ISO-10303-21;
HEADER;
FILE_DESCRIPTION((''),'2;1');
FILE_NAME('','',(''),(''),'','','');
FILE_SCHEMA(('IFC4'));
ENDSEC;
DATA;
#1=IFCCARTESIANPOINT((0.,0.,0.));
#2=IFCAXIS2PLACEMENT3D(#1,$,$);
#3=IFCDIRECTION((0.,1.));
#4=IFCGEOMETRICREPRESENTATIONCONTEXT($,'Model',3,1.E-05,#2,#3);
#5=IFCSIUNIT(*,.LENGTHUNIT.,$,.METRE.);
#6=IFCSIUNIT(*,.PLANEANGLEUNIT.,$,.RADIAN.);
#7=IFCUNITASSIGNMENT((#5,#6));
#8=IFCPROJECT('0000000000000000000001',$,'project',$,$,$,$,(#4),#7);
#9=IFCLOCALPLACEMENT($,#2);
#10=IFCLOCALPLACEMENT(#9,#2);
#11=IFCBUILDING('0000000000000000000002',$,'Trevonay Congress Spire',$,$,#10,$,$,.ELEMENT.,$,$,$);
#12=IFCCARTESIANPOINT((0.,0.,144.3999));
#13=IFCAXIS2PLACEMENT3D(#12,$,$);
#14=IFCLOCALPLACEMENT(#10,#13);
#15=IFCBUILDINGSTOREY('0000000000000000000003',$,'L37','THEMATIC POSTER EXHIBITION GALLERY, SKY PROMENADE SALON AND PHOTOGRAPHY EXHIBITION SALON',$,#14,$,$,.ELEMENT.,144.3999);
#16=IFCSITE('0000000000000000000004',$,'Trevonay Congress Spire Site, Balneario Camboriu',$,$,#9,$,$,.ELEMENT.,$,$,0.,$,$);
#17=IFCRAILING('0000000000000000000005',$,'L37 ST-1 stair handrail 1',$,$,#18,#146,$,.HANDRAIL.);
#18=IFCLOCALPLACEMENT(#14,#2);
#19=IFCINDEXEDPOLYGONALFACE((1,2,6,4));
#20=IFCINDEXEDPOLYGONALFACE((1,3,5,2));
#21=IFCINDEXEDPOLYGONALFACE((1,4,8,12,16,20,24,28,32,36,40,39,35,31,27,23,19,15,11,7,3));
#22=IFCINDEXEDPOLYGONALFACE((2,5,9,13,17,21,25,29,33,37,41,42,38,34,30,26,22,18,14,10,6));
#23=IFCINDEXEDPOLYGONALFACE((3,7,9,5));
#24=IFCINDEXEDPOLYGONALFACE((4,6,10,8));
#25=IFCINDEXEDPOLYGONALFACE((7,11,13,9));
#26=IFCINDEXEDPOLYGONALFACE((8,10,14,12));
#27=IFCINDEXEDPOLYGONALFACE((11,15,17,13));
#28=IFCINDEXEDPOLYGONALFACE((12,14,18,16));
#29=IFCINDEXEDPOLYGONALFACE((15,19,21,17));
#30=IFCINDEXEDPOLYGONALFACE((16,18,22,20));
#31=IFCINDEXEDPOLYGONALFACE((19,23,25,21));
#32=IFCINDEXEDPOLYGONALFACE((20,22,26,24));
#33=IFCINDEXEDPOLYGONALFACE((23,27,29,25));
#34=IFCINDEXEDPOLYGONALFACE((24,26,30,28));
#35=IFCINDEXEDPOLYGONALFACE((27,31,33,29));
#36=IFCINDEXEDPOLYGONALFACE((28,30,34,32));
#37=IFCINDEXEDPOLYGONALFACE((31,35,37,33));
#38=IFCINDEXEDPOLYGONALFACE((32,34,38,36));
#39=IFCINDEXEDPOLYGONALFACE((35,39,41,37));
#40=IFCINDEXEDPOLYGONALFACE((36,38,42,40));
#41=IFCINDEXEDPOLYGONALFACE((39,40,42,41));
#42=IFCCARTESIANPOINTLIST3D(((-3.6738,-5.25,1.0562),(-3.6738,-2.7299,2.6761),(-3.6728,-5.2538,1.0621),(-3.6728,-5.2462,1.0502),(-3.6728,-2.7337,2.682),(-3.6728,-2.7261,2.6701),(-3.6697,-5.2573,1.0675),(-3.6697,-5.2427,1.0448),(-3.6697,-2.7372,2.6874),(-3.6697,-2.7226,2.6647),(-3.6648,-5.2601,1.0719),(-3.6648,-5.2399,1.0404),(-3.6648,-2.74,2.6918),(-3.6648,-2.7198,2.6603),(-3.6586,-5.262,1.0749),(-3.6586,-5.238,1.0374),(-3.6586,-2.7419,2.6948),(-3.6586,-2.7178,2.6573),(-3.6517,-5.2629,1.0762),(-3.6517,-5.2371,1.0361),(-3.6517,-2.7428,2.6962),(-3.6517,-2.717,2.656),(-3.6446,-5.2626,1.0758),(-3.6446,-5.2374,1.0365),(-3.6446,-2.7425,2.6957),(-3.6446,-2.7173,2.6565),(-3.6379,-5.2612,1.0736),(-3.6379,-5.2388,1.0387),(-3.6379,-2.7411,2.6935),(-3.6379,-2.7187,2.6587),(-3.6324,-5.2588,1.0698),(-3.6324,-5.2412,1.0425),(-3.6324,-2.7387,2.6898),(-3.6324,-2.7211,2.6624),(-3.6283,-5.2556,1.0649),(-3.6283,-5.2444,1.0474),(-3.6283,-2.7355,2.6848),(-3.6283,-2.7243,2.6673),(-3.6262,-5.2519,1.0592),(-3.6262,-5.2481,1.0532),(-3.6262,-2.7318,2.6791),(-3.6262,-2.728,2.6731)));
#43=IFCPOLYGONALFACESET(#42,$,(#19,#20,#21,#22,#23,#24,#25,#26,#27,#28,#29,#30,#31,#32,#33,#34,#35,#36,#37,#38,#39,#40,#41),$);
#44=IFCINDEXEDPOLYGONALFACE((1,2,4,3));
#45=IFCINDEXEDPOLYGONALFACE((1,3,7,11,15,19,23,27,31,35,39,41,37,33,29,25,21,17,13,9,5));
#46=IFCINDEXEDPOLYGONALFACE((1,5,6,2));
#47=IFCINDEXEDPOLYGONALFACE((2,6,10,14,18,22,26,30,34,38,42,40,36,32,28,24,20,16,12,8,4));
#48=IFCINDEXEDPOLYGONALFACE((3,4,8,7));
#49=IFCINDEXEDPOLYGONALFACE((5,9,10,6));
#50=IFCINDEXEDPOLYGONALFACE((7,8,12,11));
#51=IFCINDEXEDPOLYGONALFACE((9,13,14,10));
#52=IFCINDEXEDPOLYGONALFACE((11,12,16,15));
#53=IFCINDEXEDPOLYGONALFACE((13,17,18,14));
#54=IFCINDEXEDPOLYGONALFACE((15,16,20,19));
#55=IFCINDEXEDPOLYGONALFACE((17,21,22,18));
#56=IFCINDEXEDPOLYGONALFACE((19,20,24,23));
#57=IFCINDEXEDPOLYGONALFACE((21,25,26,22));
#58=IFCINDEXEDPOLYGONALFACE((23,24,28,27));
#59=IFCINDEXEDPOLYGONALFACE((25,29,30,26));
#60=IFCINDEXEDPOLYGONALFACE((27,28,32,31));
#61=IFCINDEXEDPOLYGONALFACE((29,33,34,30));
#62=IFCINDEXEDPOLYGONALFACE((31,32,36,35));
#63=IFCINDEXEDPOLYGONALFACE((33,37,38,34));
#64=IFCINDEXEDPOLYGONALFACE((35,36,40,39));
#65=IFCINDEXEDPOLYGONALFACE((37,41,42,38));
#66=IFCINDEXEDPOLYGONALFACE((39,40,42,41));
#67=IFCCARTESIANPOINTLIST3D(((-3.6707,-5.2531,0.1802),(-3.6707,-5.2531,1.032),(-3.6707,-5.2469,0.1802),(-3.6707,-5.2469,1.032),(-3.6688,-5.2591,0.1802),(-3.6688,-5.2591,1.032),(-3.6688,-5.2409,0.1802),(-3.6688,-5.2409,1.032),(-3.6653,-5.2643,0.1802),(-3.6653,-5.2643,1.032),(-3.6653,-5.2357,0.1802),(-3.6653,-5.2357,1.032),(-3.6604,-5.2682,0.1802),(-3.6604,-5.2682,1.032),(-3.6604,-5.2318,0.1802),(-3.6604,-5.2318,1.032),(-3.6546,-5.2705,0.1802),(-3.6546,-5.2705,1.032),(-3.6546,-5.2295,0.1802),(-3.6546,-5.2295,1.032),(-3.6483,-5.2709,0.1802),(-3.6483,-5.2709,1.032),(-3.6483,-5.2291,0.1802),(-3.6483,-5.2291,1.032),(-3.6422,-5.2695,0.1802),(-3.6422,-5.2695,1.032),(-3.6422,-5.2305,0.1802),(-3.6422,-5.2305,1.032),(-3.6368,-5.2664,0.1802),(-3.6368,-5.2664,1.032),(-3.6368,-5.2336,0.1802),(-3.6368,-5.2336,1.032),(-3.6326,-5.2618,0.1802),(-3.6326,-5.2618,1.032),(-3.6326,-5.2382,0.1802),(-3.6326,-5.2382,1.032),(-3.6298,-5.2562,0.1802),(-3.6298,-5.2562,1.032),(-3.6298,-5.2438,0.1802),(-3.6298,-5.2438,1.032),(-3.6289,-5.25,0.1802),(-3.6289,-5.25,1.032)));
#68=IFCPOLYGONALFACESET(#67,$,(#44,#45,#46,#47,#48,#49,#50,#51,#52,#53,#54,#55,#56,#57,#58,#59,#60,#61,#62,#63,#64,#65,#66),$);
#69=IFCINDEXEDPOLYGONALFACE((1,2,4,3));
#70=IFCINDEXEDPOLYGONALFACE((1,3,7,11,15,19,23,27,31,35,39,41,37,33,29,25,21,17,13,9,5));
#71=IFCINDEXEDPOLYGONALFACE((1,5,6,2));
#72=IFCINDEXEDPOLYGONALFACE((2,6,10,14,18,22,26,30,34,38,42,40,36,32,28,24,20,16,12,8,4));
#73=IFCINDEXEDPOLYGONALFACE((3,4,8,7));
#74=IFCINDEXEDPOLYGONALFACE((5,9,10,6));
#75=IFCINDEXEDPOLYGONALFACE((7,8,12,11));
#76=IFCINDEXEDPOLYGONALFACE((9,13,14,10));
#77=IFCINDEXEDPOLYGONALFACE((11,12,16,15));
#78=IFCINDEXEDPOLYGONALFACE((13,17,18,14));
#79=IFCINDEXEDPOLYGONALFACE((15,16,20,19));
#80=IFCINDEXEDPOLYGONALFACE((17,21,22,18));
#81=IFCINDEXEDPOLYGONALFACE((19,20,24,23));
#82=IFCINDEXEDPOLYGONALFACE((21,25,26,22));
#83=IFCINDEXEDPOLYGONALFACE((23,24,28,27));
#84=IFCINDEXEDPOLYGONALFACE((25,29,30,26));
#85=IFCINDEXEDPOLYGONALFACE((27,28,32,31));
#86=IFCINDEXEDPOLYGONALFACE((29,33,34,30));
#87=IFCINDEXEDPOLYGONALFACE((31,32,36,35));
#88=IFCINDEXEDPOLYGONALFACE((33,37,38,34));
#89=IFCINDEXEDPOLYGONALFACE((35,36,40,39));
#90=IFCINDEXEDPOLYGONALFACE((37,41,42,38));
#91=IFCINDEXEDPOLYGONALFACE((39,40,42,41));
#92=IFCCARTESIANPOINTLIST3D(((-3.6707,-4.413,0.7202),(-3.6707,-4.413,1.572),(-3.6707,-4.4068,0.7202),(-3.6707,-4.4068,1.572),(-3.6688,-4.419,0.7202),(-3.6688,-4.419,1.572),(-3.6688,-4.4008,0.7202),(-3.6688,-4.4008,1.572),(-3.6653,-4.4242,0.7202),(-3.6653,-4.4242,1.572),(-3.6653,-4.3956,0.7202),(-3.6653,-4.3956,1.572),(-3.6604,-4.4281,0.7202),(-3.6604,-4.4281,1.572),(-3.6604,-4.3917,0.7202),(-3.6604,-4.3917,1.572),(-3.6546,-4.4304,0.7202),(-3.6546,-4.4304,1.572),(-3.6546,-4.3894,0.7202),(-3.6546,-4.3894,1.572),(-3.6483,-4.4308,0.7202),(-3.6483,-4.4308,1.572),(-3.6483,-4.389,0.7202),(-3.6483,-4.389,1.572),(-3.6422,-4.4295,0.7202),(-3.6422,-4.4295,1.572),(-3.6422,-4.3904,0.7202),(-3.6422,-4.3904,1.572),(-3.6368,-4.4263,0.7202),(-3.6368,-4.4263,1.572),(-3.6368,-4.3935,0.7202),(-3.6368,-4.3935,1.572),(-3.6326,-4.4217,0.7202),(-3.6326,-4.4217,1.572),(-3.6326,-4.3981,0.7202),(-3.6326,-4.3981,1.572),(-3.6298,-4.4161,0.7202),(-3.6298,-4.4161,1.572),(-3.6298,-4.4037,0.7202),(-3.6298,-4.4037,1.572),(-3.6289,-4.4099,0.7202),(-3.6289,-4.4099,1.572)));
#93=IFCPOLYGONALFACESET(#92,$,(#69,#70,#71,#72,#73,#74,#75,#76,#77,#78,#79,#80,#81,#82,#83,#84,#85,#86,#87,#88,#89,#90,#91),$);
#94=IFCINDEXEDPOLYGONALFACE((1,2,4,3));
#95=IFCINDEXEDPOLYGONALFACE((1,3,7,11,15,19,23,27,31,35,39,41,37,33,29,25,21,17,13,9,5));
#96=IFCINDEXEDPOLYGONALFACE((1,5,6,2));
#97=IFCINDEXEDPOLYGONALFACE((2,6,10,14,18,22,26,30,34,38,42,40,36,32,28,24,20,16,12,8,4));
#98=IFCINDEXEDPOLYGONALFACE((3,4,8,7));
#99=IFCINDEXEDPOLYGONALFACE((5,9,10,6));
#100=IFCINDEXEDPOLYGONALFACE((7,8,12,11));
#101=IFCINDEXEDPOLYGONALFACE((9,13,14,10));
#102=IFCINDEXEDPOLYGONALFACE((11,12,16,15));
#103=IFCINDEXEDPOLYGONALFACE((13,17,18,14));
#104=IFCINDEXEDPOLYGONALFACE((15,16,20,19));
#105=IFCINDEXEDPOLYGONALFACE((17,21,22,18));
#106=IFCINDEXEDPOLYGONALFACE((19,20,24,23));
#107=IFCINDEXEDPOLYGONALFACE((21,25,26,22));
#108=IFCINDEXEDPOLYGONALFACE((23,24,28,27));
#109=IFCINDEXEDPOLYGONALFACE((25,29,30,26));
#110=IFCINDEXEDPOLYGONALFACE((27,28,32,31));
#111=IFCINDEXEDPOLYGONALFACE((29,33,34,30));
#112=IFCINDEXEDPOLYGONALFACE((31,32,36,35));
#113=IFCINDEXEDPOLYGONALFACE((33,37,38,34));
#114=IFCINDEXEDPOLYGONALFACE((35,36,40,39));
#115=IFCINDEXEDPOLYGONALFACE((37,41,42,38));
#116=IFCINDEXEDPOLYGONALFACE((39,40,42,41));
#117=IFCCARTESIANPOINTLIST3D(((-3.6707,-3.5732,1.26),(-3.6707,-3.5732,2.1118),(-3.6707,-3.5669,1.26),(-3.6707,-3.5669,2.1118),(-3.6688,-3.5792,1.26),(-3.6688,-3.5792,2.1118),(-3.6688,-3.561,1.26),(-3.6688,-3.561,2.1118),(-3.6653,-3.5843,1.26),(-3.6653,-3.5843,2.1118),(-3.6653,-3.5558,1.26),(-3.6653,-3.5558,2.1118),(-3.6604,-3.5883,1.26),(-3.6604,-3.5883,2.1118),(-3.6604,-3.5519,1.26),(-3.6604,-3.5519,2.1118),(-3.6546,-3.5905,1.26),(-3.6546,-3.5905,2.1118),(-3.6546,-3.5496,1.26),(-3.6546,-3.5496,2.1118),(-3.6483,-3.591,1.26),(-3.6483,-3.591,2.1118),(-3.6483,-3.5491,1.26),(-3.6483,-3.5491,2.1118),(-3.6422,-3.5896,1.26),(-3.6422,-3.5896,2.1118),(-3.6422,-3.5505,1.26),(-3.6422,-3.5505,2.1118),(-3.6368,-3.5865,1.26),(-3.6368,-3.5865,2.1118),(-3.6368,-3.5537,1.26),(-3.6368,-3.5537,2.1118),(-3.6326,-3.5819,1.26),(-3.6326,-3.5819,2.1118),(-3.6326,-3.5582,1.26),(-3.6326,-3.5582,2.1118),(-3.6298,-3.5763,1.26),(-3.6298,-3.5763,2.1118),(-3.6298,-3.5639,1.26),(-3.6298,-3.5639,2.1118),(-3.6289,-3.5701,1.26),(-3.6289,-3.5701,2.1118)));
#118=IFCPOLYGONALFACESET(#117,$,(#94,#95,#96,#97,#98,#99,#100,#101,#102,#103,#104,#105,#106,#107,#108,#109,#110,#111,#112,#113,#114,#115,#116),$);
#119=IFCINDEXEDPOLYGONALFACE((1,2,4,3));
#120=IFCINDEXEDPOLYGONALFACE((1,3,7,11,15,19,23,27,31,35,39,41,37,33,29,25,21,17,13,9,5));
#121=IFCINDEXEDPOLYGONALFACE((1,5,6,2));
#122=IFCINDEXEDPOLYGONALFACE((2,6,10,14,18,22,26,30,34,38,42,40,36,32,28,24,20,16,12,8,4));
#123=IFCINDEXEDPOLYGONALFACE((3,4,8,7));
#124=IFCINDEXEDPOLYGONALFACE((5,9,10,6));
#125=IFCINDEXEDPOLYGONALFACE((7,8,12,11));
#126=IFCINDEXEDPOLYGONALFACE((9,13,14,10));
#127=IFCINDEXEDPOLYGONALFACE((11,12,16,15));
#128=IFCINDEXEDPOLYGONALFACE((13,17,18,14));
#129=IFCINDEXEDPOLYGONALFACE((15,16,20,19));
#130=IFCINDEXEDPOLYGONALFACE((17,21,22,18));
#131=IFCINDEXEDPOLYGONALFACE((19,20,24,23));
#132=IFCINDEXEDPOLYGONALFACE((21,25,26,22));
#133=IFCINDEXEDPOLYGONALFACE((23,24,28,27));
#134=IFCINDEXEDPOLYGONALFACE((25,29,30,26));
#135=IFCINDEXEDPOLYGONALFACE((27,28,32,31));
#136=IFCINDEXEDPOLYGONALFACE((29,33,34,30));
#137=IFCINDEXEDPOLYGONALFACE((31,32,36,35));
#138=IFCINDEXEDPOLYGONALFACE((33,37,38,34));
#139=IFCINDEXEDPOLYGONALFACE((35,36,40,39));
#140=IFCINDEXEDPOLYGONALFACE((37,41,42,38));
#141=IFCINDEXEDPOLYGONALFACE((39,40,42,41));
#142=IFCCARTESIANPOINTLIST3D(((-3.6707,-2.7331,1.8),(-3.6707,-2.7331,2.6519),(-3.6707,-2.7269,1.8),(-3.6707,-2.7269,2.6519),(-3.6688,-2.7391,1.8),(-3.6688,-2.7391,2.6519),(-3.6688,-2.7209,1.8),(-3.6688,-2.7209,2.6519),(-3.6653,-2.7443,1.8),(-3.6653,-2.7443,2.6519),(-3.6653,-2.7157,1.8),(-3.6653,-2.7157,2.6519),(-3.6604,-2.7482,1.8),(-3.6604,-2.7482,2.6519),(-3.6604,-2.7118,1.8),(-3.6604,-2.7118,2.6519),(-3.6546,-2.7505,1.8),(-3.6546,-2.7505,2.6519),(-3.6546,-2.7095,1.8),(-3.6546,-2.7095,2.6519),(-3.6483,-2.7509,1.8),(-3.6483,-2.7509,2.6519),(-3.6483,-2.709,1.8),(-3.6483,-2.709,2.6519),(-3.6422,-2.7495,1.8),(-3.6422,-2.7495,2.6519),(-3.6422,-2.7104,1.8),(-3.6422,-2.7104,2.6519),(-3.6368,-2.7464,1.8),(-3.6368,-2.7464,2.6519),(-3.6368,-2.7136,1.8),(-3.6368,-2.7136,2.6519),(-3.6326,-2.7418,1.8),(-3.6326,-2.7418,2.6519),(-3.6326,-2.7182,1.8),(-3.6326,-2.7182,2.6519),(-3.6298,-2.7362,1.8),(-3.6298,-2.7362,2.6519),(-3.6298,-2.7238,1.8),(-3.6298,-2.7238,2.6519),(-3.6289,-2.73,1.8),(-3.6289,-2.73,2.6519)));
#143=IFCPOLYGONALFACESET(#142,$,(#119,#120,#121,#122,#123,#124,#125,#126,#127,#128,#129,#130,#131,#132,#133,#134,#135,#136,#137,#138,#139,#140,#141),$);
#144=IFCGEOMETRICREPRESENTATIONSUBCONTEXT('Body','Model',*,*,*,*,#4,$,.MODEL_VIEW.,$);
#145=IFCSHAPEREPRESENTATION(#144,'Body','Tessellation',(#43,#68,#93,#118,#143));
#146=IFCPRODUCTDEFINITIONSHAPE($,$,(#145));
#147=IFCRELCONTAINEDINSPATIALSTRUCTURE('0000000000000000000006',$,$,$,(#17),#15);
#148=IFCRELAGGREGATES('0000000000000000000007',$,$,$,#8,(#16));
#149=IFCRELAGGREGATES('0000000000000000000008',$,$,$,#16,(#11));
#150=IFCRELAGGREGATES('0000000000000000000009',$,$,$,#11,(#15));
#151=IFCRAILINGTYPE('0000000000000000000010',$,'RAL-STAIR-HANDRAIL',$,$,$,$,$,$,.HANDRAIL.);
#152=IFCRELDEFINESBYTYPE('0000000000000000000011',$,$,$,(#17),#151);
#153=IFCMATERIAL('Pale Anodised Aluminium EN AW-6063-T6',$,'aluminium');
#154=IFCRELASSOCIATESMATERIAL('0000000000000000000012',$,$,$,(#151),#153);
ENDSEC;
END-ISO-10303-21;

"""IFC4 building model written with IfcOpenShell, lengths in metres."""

from ifc_helpers import new_model, si_unit, direction, frame, origin, origin_2d, place, context, subcontext, project, spatial, circle, extrude, material, type_object, element, save


model = new_model("IFC4")

# Units and contexts
model_context = context("Model", 3, precision=1e-05, world=origin(), true_north=direction((0.0, 1.0)))
body_context = subcontext(model_context, "Body", "Model", "MODEL_VIEW")
ifc_project = project(units=[si_unit("LENGTHUNIT", "METRE"), si_unit("PLANEANGLEUNIT", "RADIAN")], contexts=[model_context])

# Site, building, storey
site_placement = place(None, origin())
site = spatial("IfcSite", under=ifc_project, at=site_placement, Name="Trevonay Congress Spire Site, Balneario Camboriu", CompositionType="ELEMENT", RefElevation=0.0)
building_placement = place(site_placement, origin())
building = spatial("IfcBuilding", under=site, at=building_placement, Name="Trevonay Congress Spire", CompositionType="ELEMENT")
storey_placement = place(building_placement, frame((0.0, 0.0, 144.3999)))
storey = spatial("IfcBuildingStorey", under=building, at=storey_placement, Name="L37", Description="THEMATIC POSTER EXHIBITION GALLERY, SKY PROMENADE SALON AND PHOTOGRAPHY EXHIBITION SALON", CompositionType="ELEMENT", Elevation=144.3999)

# Railing
ifc_material_1 = material(Name="Pale Anodised Aluminium EN AW-6063-T6", Category="aluminium")
railing_type_1 = type_object("IfcRailingType", Name="RAL-STAIR-HANDRAIL", PredefinedType="HANDRAIL", material=ifc_material_1)
railing_1_placement = place(storey_placement, frame((-3.6499, -5.25, 0.1802)))
element("IfcRailing", 1, at=railing_1_placement, inside=storey, type_object=railing_type_1, Name="L37 ST-1 stair handrail 1", PredefinedType="HANDRAIL", context=body_context, shape_type="SweptSolid", body=[
    extrude(circle(Radius=0.0239, at=origin_2d()), frame((0.0, 0.0, 0.876), z_axis=(0.0, 0.8412, 0.540725), x_axis=(-1.0, 0.0, 0.0)), (0.0, 0.0, 1.0), 2.9958),
    extrude(circle(Radius=0.021, at=origin_2d()), origin(), (0.0, 0.0, 1.0), 0.8518),
    extrude(circle(Radius=0.021, at=origin_2d()), frame((0.0, 0.8401, 0.54)), (0.0, 0.0, 1.0), 0.8518),
    extrude(circle(Radius=0.021, at=origin_2d()), frame((0.0, 1.6799, 1.0798)), (0.0, 0.0, 1.0), 0.8518),
    extrude(circle(Radius=0.021, at=origin_2d()), frame((0.0, 2.52, 1.6199)), (0.0, 0.0, 1.0), 0.8518),
])

save(model, "model.ifc")
